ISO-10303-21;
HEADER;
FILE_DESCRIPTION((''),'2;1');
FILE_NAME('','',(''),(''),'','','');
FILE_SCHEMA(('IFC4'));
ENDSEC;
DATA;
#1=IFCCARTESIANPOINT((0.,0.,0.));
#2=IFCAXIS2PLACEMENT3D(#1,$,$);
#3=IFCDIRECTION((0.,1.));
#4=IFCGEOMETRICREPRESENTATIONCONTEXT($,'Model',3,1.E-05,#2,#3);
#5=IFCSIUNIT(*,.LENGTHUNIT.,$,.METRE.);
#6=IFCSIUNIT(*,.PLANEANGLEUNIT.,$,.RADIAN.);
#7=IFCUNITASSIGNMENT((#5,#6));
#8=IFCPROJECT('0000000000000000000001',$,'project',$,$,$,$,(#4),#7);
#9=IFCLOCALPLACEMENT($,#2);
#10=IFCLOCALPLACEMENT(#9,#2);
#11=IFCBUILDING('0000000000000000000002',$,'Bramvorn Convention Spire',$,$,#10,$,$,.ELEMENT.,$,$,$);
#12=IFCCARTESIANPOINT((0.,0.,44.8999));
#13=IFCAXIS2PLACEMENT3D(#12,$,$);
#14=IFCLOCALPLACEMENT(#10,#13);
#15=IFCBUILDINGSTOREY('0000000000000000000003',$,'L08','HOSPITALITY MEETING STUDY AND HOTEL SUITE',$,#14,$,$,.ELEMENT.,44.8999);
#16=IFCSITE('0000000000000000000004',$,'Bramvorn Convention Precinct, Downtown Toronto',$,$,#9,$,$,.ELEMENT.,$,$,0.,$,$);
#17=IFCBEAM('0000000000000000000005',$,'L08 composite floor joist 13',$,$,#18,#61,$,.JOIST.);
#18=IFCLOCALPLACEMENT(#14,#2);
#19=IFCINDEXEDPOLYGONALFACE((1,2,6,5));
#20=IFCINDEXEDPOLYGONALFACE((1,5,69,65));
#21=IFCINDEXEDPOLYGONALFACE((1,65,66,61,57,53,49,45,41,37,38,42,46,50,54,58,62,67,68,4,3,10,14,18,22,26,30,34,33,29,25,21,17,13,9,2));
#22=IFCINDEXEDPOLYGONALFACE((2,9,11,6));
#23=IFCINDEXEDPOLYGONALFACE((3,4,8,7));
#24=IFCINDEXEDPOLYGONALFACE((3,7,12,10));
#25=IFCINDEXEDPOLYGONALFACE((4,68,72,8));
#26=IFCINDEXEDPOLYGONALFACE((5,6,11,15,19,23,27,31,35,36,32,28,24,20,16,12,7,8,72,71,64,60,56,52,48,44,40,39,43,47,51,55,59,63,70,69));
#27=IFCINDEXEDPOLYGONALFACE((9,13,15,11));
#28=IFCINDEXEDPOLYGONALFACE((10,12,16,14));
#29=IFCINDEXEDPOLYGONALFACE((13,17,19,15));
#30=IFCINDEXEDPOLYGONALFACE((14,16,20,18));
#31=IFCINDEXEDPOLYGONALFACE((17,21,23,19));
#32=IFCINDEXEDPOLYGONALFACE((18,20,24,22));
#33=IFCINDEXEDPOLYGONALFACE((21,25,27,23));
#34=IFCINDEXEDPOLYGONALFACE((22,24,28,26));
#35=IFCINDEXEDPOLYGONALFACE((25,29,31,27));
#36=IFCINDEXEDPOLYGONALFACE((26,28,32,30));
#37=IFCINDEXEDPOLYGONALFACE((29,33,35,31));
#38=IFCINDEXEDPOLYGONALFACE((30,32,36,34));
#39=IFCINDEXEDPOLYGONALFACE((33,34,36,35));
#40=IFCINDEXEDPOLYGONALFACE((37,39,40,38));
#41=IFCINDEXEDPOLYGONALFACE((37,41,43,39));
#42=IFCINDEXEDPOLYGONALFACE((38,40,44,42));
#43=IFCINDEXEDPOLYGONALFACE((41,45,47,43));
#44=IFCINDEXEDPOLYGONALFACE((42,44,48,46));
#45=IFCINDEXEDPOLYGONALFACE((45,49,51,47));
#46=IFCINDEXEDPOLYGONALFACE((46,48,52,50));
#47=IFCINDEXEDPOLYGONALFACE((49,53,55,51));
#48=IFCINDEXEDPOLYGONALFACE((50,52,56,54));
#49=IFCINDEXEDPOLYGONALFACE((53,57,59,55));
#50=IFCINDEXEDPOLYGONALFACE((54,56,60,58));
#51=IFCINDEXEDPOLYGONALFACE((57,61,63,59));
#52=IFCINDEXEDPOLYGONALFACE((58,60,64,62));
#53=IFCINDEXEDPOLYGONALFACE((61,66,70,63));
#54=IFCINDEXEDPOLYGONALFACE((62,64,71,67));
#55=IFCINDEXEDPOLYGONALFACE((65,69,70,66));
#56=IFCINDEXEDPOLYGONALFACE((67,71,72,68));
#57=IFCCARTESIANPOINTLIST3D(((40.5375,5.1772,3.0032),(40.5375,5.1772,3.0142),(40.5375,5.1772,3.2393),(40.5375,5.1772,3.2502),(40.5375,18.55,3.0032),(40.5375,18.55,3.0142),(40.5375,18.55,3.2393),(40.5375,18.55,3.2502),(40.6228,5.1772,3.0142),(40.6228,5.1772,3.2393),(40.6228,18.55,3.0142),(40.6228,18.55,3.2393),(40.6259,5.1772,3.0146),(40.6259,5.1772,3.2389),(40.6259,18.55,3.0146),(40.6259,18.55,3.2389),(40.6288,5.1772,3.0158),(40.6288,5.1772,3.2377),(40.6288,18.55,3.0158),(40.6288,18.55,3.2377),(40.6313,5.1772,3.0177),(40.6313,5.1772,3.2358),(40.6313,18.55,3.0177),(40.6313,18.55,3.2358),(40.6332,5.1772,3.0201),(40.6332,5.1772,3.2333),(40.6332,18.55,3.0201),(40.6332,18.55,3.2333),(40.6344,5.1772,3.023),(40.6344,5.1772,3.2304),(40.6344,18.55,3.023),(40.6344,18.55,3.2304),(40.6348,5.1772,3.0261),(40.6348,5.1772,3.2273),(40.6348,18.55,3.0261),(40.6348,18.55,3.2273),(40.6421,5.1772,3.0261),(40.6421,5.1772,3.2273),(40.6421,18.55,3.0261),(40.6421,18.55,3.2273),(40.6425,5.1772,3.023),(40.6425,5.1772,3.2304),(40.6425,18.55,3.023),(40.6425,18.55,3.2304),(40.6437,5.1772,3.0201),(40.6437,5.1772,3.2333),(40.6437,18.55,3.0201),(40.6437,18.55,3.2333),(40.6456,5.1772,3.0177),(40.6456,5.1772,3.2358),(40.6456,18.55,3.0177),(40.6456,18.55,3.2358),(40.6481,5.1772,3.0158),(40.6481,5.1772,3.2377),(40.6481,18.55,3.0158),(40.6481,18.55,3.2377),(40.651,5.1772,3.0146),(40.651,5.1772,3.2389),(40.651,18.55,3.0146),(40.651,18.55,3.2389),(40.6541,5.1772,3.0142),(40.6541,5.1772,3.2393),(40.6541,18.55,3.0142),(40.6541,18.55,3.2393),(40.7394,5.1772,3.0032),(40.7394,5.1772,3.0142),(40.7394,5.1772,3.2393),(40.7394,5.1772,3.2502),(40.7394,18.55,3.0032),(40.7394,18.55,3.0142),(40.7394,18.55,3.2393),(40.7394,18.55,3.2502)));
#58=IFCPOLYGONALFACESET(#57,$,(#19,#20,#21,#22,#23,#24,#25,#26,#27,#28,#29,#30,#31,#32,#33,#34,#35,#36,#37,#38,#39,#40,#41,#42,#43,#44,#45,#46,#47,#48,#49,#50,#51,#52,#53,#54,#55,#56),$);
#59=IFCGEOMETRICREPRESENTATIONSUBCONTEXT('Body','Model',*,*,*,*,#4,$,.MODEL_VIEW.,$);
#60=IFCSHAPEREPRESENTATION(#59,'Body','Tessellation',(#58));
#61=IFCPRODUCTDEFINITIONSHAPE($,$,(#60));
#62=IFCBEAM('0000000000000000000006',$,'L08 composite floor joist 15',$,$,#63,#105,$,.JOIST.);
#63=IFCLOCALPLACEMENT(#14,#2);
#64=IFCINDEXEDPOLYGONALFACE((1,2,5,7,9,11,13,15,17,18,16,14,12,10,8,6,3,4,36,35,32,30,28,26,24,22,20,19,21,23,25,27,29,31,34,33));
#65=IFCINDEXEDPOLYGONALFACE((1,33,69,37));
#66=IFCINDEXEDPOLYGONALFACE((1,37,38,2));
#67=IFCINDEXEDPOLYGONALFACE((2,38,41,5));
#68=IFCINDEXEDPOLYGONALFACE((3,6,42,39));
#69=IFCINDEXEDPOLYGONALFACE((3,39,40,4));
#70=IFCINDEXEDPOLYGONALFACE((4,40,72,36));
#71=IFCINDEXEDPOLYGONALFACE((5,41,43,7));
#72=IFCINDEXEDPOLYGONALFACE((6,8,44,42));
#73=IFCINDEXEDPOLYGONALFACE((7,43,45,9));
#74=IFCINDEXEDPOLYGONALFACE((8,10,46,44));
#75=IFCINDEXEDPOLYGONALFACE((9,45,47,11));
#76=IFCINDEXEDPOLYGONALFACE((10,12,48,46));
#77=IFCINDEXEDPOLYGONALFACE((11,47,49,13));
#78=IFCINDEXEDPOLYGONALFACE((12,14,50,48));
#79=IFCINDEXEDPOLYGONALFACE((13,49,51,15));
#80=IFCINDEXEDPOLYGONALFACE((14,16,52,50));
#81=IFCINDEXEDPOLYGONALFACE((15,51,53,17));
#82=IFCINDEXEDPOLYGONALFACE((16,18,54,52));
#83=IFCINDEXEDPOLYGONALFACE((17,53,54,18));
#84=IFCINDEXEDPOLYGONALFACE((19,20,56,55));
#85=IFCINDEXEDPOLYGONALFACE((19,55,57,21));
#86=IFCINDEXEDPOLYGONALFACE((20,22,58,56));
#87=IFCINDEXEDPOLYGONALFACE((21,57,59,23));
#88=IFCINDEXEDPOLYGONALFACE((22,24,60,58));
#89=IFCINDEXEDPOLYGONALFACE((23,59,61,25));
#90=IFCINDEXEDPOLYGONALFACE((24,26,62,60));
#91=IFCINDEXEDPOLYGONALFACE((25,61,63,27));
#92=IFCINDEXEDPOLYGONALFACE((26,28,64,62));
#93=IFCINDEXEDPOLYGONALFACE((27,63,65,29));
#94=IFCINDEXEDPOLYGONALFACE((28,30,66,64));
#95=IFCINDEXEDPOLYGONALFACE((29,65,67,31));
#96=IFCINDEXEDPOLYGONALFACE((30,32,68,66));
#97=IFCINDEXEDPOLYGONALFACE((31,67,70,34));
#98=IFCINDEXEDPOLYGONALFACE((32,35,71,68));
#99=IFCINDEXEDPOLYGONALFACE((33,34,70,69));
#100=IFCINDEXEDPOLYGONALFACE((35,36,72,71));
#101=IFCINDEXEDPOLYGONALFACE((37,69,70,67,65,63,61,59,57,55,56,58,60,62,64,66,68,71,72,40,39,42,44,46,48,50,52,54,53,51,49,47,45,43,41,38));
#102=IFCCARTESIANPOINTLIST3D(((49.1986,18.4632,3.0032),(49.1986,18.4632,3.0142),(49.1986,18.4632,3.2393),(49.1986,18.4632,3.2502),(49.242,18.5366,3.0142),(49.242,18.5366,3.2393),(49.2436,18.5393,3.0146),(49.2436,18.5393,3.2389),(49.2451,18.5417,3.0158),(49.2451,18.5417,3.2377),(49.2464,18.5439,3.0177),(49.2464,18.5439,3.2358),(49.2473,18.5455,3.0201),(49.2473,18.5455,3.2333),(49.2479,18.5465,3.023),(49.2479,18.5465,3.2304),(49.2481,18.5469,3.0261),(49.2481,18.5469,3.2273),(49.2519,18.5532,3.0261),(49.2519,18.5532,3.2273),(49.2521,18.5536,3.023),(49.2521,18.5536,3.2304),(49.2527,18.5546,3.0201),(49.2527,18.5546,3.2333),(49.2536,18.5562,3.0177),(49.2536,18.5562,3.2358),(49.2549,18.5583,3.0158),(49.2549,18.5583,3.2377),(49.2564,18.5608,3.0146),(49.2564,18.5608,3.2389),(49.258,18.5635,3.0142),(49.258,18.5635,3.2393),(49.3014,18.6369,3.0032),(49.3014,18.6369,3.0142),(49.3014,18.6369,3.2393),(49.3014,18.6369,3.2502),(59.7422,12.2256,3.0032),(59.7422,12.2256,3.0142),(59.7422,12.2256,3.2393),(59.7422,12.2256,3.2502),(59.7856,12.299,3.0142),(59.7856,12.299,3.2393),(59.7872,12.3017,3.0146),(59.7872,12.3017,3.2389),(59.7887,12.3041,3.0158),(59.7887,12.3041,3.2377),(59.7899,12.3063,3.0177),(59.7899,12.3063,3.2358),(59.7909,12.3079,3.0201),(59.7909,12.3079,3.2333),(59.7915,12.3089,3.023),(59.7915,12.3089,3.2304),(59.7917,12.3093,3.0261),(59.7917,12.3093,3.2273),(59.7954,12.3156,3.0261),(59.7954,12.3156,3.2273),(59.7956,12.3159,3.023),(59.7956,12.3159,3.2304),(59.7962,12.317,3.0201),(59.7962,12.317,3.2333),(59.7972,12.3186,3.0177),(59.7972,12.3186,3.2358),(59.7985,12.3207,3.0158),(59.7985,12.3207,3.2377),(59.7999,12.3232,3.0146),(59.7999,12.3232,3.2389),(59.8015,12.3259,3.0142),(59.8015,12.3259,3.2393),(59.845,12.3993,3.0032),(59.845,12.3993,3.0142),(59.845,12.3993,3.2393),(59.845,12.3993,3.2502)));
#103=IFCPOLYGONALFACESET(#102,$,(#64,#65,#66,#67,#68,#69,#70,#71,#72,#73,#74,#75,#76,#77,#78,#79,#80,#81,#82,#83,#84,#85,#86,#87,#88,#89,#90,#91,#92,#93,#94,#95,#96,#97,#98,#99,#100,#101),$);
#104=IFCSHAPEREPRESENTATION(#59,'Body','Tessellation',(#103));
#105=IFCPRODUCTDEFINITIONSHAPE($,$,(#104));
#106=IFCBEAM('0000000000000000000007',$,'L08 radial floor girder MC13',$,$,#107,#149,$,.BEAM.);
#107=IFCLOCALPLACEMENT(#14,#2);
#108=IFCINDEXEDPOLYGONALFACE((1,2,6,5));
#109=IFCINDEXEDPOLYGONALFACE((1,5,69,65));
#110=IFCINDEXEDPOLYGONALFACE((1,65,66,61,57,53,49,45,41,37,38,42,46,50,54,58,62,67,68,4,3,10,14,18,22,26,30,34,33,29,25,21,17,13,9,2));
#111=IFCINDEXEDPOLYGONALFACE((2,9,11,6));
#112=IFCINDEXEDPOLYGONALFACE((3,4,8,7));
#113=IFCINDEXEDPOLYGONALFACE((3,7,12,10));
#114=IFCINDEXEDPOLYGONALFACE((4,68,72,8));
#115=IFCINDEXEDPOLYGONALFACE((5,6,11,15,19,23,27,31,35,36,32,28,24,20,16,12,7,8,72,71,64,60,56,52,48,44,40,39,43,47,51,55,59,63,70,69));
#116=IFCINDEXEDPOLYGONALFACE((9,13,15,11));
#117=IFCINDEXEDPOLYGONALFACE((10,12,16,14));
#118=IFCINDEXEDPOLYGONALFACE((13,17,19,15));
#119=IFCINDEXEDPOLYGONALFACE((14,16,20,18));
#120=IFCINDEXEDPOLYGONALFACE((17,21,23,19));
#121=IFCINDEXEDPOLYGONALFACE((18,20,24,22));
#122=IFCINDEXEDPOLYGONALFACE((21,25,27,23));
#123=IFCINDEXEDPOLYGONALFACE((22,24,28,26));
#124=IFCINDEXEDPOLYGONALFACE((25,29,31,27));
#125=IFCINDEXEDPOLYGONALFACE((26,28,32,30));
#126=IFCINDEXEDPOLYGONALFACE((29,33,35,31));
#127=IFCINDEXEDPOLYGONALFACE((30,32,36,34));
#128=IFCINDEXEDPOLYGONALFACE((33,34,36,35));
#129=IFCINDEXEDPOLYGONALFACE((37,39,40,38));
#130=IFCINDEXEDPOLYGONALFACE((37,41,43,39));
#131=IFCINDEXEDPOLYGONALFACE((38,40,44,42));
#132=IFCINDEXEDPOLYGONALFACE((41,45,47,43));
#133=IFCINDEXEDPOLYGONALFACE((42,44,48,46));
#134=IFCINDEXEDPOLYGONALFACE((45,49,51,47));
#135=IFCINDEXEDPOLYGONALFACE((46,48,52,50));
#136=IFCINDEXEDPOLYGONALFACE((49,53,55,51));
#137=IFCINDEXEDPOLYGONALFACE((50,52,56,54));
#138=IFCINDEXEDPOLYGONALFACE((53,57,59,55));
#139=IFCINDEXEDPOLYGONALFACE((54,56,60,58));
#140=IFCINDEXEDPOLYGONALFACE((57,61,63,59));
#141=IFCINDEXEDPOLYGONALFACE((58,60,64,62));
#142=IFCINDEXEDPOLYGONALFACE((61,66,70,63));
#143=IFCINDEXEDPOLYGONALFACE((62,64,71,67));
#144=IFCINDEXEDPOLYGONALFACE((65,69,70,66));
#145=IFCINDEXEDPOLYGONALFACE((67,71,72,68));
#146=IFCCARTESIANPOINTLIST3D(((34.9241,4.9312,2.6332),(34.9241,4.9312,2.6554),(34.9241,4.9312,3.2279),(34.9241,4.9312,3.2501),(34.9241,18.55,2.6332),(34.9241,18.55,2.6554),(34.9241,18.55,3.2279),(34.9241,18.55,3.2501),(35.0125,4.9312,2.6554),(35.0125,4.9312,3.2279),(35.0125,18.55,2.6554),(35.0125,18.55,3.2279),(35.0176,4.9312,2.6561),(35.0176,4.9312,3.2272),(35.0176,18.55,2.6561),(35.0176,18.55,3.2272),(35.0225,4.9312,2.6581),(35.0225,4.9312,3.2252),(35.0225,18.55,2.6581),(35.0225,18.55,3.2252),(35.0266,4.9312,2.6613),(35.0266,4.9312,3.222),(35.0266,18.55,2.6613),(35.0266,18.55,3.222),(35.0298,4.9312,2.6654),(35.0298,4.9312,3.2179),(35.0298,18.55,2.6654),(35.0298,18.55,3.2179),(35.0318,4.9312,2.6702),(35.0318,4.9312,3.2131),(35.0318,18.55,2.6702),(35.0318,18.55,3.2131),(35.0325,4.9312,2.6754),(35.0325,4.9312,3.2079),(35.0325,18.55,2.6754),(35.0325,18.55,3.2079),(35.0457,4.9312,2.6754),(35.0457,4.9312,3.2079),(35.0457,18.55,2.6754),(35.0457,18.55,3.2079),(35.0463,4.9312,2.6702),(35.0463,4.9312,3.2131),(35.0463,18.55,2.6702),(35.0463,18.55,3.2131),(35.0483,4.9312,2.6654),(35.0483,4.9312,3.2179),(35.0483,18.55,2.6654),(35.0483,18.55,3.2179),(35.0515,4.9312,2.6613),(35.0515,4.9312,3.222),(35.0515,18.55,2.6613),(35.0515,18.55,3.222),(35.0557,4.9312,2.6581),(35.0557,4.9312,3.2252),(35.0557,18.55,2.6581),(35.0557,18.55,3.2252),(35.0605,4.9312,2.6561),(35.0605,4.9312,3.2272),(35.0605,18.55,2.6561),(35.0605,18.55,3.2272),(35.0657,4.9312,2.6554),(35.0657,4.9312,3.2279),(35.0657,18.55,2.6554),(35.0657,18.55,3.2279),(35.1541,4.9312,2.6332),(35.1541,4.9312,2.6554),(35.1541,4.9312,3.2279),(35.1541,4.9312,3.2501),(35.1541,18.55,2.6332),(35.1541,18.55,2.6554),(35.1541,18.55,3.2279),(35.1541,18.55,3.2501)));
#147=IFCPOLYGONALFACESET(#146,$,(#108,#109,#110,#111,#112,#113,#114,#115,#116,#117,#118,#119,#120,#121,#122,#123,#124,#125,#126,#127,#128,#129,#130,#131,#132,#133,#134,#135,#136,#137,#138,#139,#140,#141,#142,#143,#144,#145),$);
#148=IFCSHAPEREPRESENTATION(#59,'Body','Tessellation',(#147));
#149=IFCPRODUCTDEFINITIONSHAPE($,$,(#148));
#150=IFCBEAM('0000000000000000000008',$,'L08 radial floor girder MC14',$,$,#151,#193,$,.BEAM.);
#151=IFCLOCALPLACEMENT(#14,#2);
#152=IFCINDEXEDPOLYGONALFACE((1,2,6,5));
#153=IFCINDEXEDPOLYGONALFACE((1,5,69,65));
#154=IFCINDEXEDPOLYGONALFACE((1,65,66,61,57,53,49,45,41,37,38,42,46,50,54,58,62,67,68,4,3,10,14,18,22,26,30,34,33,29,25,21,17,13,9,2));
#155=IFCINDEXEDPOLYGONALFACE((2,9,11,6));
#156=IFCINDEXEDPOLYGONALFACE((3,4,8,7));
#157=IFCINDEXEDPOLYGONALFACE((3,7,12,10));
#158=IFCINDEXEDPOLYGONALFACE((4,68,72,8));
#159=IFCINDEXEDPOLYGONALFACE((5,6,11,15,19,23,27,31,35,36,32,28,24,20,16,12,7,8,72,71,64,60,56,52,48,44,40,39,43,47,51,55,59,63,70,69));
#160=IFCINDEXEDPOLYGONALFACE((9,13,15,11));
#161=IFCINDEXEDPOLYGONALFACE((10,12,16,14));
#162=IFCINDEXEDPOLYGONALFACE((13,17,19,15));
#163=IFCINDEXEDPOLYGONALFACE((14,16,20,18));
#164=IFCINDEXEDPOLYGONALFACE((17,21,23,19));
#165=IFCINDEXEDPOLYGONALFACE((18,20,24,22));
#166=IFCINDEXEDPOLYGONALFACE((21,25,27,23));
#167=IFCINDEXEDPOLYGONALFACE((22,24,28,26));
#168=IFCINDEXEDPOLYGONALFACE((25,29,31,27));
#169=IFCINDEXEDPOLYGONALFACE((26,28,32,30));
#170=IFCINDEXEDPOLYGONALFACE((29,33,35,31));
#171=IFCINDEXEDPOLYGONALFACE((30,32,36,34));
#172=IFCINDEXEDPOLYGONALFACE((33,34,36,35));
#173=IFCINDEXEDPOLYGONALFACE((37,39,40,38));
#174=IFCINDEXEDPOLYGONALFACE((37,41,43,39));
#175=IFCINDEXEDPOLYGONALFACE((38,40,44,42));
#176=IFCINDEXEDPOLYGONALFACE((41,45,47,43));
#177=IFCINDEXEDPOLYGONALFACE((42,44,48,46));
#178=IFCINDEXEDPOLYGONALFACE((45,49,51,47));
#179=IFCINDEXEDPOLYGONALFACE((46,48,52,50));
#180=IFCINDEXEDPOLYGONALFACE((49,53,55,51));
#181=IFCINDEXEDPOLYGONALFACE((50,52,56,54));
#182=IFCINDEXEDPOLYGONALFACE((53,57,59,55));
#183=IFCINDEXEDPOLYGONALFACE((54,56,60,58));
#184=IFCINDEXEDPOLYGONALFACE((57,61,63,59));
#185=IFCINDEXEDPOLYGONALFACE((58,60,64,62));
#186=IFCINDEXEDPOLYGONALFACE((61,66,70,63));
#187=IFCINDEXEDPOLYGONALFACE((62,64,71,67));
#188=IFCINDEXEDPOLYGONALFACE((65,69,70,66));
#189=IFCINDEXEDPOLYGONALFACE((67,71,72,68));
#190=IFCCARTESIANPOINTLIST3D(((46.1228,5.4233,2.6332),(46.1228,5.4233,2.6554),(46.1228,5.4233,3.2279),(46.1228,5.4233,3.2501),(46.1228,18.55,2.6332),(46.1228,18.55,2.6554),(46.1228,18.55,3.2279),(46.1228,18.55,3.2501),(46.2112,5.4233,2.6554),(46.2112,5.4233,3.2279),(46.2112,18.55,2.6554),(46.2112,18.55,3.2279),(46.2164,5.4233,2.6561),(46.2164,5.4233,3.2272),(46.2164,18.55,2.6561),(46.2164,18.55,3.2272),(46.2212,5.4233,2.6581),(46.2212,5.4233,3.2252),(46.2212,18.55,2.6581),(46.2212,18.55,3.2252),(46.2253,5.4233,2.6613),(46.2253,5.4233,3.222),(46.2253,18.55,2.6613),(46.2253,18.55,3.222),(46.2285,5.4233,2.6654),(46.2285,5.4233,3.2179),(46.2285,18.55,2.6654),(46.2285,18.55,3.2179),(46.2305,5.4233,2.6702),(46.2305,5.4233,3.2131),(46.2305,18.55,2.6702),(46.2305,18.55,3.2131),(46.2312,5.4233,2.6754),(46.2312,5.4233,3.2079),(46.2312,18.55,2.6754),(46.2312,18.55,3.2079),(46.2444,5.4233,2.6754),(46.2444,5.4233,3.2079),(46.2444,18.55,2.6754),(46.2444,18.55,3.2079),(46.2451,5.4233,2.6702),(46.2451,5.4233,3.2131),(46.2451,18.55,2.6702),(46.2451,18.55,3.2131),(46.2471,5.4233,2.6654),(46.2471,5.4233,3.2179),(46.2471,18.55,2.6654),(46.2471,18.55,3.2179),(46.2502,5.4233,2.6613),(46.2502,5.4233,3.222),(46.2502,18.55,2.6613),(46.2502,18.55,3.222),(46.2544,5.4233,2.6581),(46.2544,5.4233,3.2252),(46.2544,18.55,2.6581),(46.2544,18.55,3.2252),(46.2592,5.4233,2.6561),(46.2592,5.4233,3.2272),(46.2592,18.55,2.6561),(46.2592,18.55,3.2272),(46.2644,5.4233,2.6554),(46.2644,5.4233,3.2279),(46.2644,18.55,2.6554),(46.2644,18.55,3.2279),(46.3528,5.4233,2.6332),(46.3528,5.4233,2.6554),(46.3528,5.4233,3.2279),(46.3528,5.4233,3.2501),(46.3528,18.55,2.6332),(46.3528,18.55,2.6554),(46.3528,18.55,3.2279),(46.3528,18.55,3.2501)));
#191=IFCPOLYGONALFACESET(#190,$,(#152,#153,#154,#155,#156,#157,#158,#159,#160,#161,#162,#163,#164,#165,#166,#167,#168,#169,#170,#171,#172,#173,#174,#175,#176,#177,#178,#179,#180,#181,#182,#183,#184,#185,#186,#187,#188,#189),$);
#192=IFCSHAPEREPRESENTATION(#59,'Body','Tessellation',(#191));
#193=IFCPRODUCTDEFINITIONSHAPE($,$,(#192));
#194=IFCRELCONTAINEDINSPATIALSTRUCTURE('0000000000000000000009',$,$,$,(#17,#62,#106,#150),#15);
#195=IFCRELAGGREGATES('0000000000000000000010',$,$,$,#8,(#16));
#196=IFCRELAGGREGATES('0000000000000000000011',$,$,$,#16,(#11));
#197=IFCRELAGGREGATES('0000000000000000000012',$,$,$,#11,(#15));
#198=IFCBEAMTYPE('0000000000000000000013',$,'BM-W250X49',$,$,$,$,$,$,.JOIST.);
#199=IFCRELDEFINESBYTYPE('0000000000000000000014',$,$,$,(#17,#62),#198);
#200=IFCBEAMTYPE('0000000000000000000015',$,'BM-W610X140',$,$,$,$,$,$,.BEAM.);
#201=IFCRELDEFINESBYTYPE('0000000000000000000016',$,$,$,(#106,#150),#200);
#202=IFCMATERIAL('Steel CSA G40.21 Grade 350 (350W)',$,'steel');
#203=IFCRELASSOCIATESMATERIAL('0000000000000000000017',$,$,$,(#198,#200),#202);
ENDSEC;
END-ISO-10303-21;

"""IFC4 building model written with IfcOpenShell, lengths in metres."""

from ifc_helpers import new_model, si_unit, direction, frame, origin, origin_2d, place, context, subcontext, project, spatial, i_section, extrude, material, material_profile, profile_set, type_object, element, save


model = new_model("IFC4")

# Units and contexts
model_context = context("Model", 3, precision=1e-05, world=origin(), true_north=direction((0.0, 1.0)))
body_context = subcontext(model_context, "Body", "Model", "MODEL_VIEW")
ifc_project = project(units=[si_unit("LENGTHUNIT", "METRE"), si_unit("PLANEANGLEUNIT", "RADIAN")], contexts=[model_context])

# Site, building, storey
site_placement = place(None, origin())
site = spatial("IfcSite", under=ifc_project, at=site_placement, Name="Bramvorn Convention Precinct, Downtown Toronto", CompositionType="ELEMENT", RefElevation=0.0)
building_placement = place(site_placement, origin())
building = spatial("IfcBuilding", under=site, at=building_placement, Name="Bramvorn Convention Spire", CompositionType="ELEMENT")
storey_placement = place(building_placement, frame((0.0, 0.0, 44.8999)))
storey = spatial("IfcBuildingStorey", under=building, at=storey_placement, Name="L08", Description="HOSPITALITY MEETING STUDY AND HOTEL SUITE", CompositionType="ELEMENT", Elevation=44.8999)

# Beams
ifc_material_1 = material(Name="Steel CSA G40.21 Grade 350 (350W)", Category="steel")
ifc_material_profile_1 = material_profile(ifc_material_1, i_section(OverallWidth=0.2019, OverallDepth=0.2471, WebThickness=0.0073, FlangeThickness=0.011, FilletRadius=0.012, at=origin_2d()))
ifc_profile_set_1 = profile_set([ifc_material_profile_1], Name="Steel CSA G40.21 Grade 350 (350W) - W250X49")
beam_type_1 = type_object("IfcBeamType", Name="BM-W250X49", PredefinedType="JOIST", material=ifc_profile_set_1)
beam_1_placement = place(storey_placement, frame((40.6384, 18.55, 3.1267), z_axis=(0.0, -1.0, 0.0), x_axis=(1.0, 0.0, 0.0)))
element("IfcBeam", 1, at=beam_1_placement, inside=storey, type_object=beam_type_1, Name="L08 composite floor joist 13", PredefinedType="JOIST", context=body_context, shape_type="SweptSolid", body=[
    extrude(i_section(OverallWidth=0.2019, OverallDepth=0.2471, WebThickness=0.0073, FlangeThickness=0.011, FilletRadius=0.012, at=origin_2d()), origin(), (0.0, 0.0, 1.0), 13.3728),
])
beam_2_placement = place(storey_placement, frame((49.25, 18.55, 3.1267), z_axis=(0.860665, -0.509172, 0.0), x_axis=(0.509172, 0.860665, 0.0)))
element("IfcBeam", 2, at=beam_2_placement, inside=storey, type_object=beam_type_1, Name="L08 composite floor joist 15", PredefinedType="JOIST", context=body_context, shape_type="SweptSolid", body=[
    extrude(i_section(OverallWidth=0.2019, OverallDepth=0.2471, WebThickness=0.0073, FlangeThickness=0.011, FilletRadius=0.012, at=origin_2d()), origin(), (0.0, 0.0, 1.0), 12.2505),
])
ifc_material_profile_2 = material_profile(ifc_material_1, i_section(OverallWidth=0.23, OverallDepth=0.6169, WebThickness=0.0132, FlangeThickness=0.0222, FilletRadius=0.02, at=origin_2d()))
ifc_profile_set_2 = profile_set([ifc_material_profile_2], Name="Steel CSA G40.21 Grade 350 (350W) - W610X140")
beam_type_2 = type_object("IfcBeamType", Name="BM-W610X140", PredefinedType="BEAM", material=ifc_profile_set_2)
beam_3_placement = place(storey_placement, frame((35.0391, 18.55, 2.9417), z_axis=(0.0, -1.0, 0.0), x_axis=(1.0, 0.0, 0.0)))
element("IfcBeam", 3, at=beam_3_placement, inside=storey, type_object=beam_type_2, Name="L08 radial floor girder MC13", PredefinedType="BEAM", context=body_context, shape_type="SweptSolid", body=[
    extrude(i_section(OverallWidth=0.23, OverallDepth=0.6169, WebThickness=0.0132, FlangeThickness=0.0222, FilletRadius=0.02, at=origin_2d()), origin(), (0.0, 0.0, 1.0), 13.6189),
])
beam_4_placement = place(storey_placement, frame((46.2378, 18.55, 2.9417), z_axis=(0.0, -1.0, 0.0), x_axis=(1.0, 0.0, 0.0)))
element("IfcBeam", 4, at=beam_4_placement, inside=storey, type_object=beam_type_2, Name="L08 radial floor girder MC14", PredefinedType="BEAM", context=body_context, shape_type="SweptSolid", body=[
    extrude(i_section(OverallWidth=0.23, OverallDepth=0.6169, WebThickness=0.0132, FlangeThickness=0.0222, FilletRadius=0.02, at=origin_2d()), origin(), (0.0, 0.0, 1.0), 13.1267),
])

save(model, "model.ifc")
